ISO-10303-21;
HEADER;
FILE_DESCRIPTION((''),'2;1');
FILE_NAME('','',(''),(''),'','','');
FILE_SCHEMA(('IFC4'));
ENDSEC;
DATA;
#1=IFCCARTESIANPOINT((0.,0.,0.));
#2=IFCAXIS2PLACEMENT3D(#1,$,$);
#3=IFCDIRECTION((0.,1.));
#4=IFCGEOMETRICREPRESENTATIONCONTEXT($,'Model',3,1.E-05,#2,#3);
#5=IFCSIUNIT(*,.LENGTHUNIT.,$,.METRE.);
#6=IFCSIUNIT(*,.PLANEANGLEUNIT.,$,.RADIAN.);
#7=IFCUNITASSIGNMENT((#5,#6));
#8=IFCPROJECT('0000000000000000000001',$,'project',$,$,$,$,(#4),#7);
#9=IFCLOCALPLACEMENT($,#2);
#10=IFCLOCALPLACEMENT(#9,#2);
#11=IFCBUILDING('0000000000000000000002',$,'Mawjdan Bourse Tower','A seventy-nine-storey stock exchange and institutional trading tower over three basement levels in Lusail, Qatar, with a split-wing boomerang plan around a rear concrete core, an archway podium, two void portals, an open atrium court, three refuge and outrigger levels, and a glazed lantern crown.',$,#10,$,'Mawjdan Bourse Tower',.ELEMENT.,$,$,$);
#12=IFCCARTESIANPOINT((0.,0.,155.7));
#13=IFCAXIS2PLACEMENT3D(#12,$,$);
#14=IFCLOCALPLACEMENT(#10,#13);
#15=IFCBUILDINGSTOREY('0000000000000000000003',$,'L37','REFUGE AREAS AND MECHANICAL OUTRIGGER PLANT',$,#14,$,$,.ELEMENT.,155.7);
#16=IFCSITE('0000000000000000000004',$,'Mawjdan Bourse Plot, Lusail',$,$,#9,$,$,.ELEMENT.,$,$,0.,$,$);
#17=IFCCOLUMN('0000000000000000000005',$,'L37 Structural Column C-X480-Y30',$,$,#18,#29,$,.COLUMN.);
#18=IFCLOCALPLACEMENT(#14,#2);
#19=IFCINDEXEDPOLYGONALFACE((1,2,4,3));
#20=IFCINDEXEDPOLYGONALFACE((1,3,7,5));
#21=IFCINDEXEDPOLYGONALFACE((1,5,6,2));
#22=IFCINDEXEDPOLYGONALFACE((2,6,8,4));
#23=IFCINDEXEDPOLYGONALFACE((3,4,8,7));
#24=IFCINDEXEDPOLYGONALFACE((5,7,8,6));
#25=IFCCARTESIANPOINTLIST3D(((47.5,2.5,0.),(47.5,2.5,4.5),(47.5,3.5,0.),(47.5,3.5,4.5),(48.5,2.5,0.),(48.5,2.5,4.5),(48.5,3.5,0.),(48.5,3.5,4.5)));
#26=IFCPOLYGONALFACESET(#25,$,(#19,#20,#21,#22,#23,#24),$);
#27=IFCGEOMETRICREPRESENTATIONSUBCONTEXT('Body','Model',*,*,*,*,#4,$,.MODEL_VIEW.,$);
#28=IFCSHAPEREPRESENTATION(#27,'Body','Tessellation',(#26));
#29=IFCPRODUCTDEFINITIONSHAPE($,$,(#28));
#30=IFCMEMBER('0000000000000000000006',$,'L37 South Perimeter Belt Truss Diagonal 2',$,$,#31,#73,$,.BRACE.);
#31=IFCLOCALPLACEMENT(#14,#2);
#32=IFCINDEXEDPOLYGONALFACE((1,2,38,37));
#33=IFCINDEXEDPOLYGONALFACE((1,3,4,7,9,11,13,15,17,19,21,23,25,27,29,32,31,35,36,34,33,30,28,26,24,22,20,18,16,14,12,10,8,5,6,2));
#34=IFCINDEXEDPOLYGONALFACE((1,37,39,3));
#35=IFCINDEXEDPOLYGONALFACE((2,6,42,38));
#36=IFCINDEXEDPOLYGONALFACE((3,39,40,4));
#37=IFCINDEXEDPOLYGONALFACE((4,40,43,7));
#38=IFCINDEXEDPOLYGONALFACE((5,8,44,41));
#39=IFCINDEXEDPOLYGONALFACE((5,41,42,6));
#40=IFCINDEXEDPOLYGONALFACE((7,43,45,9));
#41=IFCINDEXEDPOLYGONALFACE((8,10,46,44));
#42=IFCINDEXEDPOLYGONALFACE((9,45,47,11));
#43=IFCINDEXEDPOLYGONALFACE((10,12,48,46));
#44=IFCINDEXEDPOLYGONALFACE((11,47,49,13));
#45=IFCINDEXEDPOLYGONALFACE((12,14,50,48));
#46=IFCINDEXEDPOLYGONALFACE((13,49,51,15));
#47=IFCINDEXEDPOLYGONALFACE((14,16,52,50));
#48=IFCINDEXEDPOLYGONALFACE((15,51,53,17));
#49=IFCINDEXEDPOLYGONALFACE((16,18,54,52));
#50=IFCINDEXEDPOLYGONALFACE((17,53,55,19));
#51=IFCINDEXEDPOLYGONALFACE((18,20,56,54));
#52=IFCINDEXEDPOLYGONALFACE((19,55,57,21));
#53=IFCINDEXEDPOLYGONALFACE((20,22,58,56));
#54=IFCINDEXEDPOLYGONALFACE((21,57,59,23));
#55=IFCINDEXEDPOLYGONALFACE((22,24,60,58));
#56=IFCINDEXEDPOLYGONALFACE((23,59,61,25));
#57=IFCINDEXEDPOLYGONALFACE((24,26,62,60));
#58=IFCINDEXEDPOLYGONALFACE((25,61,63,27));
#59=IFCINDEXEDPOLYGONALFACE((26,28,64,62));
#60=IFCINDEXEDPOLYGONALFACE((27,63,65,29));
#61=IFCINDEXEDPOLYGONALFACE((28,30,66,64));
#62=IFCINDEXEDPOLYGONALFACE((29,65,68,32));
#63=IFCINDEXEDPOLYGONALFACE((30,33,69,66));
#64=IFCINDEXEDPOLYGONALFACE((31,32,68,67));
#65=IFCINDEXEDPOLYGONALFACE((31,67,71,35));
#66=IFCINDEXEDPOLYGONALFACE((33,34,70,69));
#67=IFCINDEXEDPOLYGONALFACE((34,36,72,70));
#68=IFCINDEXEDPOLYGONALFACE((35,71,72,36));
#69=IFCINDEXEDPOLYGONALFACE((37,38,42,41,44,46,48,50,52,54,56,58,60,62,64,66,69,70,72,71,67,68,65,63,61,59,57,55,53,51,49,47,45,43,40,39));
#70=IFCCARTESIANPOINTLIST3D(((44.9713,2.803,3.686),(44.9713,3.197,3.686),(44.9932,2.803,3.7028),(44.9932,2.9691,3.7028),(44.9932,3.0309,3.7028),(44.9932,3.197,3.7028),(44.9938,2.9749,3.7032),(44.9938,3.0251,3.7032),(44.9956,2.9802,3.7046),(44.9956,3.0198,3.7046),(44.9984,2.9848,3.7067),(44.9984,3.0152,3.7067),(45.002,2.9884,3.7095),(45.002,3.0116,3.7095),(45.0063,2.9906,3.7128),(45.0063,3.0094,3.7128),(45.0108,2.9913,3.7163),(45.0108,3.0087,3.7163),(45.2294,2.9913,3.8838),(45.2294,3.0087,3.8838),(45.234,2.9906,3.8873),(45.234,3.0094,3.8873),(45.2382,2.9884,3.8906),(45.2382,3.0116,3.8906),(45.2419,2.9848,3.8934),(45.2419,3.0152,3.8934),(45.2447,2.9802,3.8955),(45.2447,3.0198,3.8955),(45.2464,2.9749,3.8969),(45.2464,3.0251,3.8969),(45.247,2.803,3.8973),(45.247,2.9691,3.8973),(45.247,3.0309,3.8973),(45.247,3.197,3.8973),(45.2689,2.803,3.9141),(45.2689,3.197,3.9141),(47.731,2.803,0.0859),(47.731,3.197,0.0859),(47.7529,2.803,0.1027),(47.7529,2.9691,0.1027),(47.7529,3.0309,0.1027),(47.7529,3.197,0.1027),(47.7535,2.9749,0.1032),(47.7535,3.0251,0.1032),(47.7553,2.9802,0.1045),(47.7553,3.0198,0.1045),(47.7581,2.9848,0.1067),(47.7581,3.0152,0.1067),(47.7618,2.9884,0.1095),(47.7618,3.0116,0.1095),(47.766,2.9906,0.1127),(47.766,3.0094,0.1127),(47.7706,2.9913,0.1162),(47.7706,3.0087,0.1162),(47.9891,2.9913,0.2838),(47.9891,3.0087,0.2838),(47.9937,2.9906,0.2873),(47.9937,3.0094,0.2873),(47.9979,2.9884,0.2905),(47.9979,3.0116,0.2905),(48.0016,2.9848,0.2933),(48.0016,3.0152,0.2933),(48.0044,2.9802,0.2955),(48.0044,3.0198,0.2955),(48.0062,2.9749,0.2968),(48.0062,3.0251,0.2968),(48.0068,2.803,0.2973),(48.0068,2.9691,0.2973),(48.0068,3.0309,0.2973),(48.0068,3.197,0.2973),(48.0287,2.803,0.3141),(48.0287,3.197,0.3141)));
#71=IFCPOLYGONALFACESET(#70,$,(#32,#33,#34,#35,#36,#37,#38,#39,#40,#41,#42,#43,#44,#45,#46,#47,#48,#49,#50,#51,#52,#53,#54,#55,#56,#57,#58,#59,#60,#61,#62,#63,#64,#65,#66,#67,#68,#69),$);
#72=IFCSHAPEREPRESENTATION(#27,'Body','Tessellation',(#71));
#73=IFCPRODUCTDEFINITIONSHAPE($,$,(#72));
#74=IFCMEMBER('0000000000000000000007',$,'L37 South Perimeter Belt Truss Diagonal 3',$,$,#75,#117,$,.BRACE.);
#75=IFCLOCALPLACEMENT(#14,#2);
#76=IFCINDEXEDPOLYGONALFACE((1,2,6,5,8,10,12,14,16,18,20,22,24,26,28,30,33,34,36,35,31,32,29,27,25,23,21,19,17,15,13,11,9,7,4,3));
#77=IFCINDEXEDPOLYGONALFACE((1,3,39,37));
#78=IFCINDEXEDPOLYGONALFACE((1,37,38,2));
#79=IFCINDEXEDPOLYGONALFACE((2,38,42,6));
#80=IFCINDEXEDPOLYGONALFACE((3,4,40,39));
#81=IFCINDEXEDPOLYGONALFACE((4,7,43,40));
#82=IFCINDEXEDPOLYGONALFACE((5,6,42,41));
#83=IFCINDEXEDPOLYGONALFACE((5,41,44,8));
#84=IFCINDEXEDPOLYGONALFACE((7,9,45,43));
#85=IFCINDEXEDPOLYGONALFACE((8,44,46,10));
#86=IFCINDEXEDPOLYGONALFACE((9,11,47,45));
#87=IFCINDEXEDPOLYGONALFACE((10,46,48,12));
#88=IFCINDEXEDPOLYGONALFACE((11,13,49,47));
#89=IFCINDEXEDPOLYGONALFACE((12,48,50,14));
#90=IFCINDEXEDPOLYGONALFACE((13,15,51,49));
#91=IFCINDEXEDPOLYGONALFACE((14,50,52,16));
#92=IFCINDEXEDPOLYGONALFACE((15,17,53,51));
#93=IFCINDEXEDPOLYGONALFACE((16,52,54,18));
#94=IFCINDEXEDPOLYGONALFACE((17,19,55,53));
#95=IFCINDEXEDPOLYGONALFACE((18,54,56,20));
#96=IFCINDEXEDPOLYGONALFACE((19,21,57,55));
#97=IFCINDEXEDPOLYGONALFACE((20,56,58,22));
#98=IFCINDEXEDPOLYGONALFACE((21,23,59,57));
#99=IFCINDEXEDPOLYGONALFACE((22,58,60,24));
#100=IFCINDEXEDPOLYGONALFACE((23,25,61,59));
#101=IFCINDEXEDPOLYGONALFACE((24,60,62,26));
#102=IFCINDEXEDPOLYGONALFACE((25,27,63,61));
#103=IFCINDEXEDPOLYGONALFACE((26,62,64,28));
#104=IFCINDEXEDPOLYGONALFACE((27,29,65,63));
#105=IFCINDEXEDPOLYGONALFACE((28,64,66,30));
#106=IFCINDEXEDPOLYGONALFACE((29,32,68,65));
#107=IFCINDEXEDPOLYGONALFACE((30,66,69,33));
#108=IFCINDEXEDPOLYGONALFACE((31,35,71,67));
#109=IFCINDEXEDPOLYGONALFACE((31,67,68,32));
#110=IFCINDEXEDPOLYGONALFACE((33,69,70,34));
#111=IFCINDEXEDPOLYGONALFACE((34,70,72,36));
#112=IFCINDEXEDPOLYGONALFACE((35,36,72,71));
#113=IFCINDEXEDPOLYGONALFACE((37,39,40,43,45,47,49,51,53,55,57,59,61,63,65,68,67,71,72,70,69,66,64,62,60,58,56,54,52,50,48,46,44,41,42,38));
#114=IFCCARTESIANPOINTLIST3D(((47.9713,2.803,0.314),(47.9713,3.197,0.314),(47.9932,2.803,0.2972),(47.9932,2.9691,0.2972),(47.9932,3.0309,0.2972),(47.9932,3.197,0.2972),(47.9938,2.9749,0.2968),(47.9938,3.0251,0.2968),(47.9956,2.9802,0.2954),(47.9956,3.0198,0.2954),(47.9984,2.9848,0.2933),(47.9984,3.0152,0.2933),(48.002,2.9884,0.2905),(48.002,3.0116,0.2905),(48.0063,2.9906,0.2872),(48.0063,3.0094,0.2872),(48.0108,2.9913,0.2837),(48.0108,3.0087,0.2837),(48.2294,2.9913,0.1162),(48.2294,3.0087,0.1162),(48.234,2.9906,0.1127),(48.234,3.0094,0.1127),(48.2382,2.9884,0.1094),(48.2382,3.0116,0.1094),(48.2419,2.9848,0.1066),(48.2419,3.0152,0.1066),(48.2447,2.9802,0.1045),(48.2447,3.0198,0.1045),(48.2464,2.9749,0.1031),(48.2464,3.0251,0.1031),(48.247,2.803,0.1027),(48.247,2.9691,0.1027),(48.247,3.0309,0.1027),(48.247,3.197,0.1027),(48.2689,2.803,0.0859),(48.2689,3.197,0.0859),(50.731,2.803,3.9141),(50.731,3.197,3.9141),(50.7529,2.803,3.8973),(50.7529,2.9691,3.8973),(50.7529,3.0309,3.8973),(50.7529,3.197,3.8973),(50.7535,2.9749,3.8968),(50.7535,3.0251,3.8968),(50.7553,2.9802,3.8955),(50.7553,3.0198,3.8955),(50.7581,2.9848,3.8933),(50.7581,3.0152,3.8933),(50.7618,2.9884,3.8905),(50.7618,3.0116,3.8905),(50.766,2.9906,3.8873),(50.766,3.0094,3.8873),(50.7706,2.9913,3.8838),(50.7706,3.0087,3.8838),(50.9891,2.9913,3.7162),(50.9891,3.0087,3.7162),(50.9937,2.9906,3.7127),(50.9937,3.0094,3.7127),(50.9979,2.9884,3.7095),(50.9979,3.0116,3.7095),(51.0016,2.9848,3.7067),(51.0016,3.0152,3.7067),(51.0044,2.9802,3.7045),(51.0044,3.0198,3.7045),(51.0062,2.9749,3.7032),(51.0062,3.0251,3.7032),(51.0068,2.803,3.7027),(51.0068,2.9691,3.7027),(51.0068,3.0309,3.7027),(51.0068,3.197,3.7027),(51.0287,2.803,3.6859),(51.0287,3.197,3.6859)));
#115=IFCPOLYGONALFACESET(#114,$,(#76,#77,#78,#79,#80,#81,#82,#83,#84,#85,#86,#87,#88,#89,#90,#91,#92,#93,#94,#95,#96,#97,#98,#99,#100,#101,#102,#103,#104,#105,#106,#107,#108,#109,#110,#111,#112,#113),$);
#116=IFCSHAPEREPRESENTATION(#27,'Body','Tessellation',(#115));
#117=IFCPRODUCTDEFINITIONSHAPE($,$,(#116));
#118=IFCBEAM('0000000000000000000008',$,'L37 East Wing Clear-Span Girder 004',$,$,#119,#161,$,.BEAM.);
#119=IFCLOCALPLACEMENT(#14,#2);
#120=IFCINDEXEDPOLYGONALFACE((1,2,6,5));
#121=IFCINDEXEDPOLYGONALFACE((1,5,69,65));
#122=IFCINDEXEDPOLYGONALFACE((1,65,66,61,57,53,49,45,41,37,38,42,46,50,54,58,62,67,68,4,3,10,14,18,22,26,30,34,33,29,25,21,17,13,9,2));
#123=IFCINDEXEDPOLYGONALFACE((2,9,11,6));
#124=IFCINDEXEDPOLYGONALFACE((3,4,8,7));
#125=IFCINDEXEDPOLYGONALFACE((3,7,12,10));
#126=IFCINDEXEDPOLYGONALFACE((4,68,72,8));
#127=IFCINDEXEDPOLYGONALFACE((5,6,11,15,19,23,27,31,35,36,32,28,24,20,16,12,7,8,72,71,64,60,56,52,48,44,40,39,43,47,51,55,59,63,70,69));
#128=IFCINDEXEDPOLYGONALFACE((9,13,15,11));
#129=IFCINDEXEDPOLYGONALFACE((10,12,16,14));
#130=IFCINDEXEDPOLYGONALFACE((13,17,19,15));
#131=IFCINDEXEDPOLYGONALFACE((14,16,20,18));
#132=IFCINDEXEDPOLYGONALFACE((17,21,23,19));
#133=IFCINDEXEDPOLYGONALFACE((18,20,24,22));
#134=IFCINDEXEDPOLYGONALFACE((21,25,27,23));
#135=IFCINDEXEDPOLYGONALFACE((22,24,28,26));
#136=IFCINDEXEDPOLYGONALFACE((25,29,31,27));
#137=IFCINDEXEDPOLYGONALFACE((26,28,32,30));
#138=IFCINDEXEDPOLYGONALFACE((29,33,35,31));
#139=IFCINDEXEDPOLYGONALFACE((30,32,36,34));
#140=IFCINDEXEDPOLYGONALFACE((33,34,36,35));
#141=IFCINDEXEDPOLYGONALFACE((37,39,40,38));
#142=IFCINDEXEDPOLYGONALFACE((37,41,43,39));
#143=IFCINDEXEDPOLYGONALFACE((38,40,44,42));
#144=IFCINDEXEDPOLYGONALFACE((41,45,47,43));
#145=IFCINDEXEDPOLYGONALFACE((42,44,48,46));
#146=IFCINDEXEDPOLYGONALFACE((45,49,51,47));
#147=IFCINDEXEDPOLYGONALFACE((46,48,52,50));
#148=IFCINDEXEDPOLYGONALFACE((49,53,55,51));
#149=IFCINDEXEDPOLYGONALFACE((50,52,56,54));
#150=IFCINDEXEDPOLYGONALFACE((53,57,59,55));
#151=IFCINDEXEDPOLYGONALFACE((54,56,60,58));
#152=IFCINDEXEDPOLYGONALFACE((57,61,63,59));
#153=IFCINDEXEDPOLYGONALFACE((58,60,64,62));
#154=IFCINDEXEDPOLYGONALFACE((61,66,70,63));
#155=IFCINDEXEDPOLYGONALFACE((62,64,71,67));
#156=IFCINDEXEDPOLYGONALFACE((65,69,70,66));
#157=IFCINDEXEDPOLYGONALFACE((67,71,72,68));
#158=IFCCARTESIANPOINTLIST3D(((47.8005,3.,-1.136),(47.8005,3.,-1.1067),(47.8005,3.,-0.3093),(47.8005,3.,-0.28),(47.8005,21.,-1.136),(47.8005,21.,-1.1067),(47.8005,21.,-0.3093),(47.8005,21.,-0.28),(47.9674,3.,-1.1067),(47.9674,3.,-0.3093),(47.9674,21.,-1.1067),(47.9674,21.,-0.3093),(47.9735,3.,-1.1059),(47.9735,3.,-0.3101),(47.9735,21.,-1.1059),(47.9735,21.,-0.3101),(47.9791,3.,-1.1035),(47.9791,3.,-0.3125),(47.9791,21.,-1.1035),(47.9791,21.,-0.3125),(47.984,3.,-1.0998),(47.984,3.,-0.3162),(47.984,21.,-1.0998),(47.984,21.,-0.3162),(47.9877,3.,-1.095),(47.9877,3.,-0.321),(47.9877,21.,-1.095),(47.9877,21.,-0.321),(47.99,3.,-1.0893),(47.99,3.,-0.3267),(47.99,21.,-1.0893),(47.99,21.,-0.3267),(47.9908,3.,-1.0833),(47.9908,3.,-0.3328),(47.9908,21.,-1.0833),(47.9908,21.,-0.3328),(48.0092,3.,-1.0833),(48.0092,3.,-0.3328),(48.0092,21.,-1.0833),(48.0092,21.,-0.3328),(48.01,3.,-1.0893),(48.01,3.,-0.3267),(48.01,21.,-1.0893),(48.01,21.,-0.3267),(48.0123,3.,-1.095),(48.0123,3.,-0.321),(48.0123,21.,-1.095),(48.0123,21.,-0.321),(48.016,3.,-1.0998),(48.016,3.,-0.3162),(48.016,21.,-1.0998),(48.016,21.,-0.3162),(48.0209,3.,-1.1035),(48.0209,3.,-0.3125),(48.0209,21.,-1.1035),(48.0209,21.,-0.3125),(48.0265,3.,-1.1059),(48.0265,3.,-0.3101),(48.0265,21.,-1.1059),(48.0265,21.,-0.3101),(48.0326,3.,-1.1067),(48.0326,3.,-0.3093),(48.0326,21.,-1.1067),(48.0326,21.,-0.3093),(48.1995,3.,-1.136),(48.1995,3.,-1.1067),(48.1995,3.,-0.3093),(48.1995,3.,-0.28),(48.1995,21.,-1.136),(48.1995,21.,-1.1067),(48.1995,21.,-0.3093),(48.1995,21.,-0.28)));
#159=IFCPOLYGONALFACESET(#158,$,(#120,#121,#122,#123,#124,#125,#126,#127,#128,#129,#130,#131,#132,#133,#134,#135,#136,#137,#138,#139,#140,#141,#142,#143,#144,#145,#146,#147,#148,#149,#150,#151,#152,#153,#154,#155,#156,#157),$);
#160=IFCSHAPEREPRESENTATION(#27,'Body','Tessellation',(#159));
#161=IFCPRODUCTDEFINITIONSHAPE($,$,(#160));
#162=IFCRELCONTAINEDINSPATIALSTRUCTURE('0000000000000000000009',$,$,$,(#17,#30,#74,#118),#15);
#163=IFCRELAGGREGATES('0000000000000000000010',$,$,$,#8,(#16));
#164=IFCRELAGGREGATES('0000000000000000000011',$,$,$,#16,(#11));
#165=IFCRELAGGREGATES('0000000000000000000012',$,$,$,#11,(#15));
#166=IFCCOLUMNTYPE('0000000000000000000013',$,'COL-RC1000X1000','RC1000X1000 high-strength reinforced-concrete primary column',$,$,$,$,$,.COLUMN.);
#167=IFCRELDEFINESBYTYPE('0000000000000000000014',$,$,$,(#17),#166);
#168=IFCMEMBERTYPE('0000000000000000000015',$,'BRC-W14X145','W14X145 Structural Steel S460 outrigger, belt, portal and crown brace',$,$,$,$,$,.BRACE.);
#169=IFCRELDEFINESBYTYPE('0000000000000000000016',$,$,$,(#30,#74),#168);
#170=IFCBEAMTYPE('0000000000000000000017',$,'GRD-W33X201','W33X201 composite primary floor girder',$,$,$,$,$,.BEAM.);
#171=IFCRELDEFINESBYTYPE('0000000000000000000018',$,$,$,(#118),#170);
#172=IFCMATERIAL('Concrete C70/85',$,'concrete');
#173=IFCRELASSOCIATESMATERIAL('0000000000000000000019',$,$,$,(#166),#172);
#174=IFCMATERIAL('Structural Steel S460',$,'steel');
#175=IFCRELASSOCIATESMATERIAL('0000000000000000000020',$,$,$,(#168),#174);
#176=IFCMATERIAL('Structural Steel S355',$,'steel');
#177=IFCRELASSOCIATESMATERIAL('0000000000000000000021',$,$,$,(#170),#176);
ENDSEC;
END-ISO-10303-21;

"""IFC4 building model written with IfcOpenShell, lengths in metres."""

from ifc_helpers import new_model, si_unit, direction, frame, origin, origin_2d, place, context, subcontext, project, spatial, rectangle, i_section, extrude, material, material_profile, profile_set, type_object, element, save


model = new_model("IFC4")

# Units and contexts
model_context = context("Model", 3, precision=1e-05, world=origin(), true_north=direction((0.0, 1.0)))
body_context = subcontext(model_context, "Body", "Model", "MODEL_VIEW")
ifc_project = project(units=[si_unit("LENGTHUNIT", "METRE"), si_unit("PLANEANGLEUNIT", "RADIAN")], contexts=[model_context])

# Site, building, storey
site_placement = place(None, origin())
site = spatial("IfcSite", under=ifc_project, at=site_placement, Name="Mawjdan Bourse Plot, Lusail", CompositionType="ELEMENT", RefElevation=0.0)
building_placement = place(site_placement, origin())
building = spatial("IfcBuilding", under=site, at=building_placement, Name="Mawjdan Bourse Tower", Description="A seventy-nine-storey stock exchange and institutional trading tower over three basement levels in Lusail, Qatar, with a split-wing boomerang plan around a rear concrete core, an archway podium, two void portals, an open atrium court, three refuge and outrigger levels, and a glazed lantern crown.", LongName="Mawjdan Bourse Tower", CompositionType="ELEMENT")
storey_placement = place(building_placement, frame((0.0, 0.0, 155.7)))
storey = spatial("IfcBuildingStorey", under=building, at=storey_placement, Name="L37", Description="REFUGE AREAS AND MECHANICAL OUTRIGGER PLANT", CompositionType="ELEMENT", Elevation=155.7)

# Column
ifc_material_1 = material(Name="Concrete C70/85", Category="concrete")
ifc_material_profile_1 = material_profile(ifc_material_1, rectangle(XDim=1.0, YDim=1.0, at=origin_2d()), Name="RC1000X1000")
ifc_profile_set_1 = profile_set([ifc_material_profile_1], Name="Concrete C70/85")
column_type = type_object("IfcColumnType", Name="COL-RC1000X1000", Description="RC1000X1000 high-strength reinforced-concrete primary column", PredefinedType="COLUMN", material=ifc_profile_set_1)
column_placement = place(storey_placement, frame((48.0, 3.0, 0.0), z_axis=(0.0, 0.0, 1.0), x_axis=(1.0, 0.0, 0.0)))
element("IfcColumn", 1, at=column_placement, inside=storey, type_object=column_type, Name="L37 Structural Column C-X480-Y30", PredefinedType="COLUMN", context=body_context, shape_type="SweptSolid", body=[
    extrude(rectangle(XDim=1.0, YDim=1.0, at=origin_2d()), origin(), (0.0, 0.0, 1.0), 4.5),
])

# Members
ifc_material_2 = material(Name="Structural Steel S460", Category="steel")
ifc_material_profile_2 = material_profile(ifc_material_2, i_section(OverallWidth=0.394, OverallDepth=0.375, WebThickness=0.0173, FlangeThickness=0.0276, FilletRadius=0.0222, at=origin_2d()), Name="W14X145")
ifc_profile_set_2 = profile_set([ifc_material_profile_2], Name="Structural Steel S460")
member_type_1 = type_object("IfcMemberType", Name="BRC-W14X145", Description="W14X145 Structural Steel S460 outrigger, belt, portal and crown brace", PredefinedType="BRACE", material=ifc_profile_set_2)
for number, where, z_axis, x_axis, name in (
    (2, (45.1201, 3.0, 3.8), (0.608389, 0.0, -0.793639), (0.0, 1.0, 0.0), "L37 South Perimeter Belt Truss Diagonal 2"),
    (3, (48.1201, 3.0, 0.2), (0.608389, 0.0, 0.793639), (0.0, 1.0, 0.0), "L37 South Perimeter Belt Truss Diagonal 3"),
):
    element("IfcMember", number, at=place(storey_placement, frame(where, z_axis=z_axis, x_axis=x_axis)), inside=storey, type_object=member_type_1, Name=name, PredefinedType="BRACE", context=body_context, shape_type="SweptSolid", body=[
        extrude(i_section(OverallWidth=0.394, OverallDepth=0.375, WebThickness=0.0173, FlangeThickness=0.0276, FilletRadius=0.0222, at=origin_2d()), origin(), (0.0, 0.0, 1.0), 4.5361),
    ])

# Beam
ifc_material_3 = material(Name="Structural Steel S355", Category="steel")
ifc_material_profile_3 = material_profile(ifc_material_3, i_section(OverallWidth=0.3989, OverallDepth=0.856, WebThickness=0.0183, FlangeThickness=0.0293, FilletRadius=0.0234, at=origin_2d()), Name="W33X201")
ifc_profile_set_3 = profile_set([ifc_material_profile_3], Name="Structural Steel S355")
beam_type_1 = type_object("IfcBeamType", Name="GRD-W33X201", Description="W33X201 composite primary floor girder", PredefinedType="BEAM", material=ifc_profile_set_3)
beam_1_placement = place(storey_placement, frame((48.0, 3.0, -0.708), z_axis=(0.0, 1.0, 0.0), x_axis=(-1.0, 0.0, 0.0)))
element("IfcBeam", 4, at=beam_1_placement, inside=storey, type_object=beam_type_1, Name="L37 East Wing Clear-Span Girder 004", PredefinedType="BEAM", context=body_context, shape_type="SweptSolid", body=[
    extrude(i_section(OverallWidth=0.3989, OverallDepth=0.856, WebThickness=0.0183, FlangeThickness=0.0293, FilletRadius=0.0234, at=origin_2d()), origin(), (0.0, 0.0, 1.0), 18.0),
])

save(model, "model.ifc")
